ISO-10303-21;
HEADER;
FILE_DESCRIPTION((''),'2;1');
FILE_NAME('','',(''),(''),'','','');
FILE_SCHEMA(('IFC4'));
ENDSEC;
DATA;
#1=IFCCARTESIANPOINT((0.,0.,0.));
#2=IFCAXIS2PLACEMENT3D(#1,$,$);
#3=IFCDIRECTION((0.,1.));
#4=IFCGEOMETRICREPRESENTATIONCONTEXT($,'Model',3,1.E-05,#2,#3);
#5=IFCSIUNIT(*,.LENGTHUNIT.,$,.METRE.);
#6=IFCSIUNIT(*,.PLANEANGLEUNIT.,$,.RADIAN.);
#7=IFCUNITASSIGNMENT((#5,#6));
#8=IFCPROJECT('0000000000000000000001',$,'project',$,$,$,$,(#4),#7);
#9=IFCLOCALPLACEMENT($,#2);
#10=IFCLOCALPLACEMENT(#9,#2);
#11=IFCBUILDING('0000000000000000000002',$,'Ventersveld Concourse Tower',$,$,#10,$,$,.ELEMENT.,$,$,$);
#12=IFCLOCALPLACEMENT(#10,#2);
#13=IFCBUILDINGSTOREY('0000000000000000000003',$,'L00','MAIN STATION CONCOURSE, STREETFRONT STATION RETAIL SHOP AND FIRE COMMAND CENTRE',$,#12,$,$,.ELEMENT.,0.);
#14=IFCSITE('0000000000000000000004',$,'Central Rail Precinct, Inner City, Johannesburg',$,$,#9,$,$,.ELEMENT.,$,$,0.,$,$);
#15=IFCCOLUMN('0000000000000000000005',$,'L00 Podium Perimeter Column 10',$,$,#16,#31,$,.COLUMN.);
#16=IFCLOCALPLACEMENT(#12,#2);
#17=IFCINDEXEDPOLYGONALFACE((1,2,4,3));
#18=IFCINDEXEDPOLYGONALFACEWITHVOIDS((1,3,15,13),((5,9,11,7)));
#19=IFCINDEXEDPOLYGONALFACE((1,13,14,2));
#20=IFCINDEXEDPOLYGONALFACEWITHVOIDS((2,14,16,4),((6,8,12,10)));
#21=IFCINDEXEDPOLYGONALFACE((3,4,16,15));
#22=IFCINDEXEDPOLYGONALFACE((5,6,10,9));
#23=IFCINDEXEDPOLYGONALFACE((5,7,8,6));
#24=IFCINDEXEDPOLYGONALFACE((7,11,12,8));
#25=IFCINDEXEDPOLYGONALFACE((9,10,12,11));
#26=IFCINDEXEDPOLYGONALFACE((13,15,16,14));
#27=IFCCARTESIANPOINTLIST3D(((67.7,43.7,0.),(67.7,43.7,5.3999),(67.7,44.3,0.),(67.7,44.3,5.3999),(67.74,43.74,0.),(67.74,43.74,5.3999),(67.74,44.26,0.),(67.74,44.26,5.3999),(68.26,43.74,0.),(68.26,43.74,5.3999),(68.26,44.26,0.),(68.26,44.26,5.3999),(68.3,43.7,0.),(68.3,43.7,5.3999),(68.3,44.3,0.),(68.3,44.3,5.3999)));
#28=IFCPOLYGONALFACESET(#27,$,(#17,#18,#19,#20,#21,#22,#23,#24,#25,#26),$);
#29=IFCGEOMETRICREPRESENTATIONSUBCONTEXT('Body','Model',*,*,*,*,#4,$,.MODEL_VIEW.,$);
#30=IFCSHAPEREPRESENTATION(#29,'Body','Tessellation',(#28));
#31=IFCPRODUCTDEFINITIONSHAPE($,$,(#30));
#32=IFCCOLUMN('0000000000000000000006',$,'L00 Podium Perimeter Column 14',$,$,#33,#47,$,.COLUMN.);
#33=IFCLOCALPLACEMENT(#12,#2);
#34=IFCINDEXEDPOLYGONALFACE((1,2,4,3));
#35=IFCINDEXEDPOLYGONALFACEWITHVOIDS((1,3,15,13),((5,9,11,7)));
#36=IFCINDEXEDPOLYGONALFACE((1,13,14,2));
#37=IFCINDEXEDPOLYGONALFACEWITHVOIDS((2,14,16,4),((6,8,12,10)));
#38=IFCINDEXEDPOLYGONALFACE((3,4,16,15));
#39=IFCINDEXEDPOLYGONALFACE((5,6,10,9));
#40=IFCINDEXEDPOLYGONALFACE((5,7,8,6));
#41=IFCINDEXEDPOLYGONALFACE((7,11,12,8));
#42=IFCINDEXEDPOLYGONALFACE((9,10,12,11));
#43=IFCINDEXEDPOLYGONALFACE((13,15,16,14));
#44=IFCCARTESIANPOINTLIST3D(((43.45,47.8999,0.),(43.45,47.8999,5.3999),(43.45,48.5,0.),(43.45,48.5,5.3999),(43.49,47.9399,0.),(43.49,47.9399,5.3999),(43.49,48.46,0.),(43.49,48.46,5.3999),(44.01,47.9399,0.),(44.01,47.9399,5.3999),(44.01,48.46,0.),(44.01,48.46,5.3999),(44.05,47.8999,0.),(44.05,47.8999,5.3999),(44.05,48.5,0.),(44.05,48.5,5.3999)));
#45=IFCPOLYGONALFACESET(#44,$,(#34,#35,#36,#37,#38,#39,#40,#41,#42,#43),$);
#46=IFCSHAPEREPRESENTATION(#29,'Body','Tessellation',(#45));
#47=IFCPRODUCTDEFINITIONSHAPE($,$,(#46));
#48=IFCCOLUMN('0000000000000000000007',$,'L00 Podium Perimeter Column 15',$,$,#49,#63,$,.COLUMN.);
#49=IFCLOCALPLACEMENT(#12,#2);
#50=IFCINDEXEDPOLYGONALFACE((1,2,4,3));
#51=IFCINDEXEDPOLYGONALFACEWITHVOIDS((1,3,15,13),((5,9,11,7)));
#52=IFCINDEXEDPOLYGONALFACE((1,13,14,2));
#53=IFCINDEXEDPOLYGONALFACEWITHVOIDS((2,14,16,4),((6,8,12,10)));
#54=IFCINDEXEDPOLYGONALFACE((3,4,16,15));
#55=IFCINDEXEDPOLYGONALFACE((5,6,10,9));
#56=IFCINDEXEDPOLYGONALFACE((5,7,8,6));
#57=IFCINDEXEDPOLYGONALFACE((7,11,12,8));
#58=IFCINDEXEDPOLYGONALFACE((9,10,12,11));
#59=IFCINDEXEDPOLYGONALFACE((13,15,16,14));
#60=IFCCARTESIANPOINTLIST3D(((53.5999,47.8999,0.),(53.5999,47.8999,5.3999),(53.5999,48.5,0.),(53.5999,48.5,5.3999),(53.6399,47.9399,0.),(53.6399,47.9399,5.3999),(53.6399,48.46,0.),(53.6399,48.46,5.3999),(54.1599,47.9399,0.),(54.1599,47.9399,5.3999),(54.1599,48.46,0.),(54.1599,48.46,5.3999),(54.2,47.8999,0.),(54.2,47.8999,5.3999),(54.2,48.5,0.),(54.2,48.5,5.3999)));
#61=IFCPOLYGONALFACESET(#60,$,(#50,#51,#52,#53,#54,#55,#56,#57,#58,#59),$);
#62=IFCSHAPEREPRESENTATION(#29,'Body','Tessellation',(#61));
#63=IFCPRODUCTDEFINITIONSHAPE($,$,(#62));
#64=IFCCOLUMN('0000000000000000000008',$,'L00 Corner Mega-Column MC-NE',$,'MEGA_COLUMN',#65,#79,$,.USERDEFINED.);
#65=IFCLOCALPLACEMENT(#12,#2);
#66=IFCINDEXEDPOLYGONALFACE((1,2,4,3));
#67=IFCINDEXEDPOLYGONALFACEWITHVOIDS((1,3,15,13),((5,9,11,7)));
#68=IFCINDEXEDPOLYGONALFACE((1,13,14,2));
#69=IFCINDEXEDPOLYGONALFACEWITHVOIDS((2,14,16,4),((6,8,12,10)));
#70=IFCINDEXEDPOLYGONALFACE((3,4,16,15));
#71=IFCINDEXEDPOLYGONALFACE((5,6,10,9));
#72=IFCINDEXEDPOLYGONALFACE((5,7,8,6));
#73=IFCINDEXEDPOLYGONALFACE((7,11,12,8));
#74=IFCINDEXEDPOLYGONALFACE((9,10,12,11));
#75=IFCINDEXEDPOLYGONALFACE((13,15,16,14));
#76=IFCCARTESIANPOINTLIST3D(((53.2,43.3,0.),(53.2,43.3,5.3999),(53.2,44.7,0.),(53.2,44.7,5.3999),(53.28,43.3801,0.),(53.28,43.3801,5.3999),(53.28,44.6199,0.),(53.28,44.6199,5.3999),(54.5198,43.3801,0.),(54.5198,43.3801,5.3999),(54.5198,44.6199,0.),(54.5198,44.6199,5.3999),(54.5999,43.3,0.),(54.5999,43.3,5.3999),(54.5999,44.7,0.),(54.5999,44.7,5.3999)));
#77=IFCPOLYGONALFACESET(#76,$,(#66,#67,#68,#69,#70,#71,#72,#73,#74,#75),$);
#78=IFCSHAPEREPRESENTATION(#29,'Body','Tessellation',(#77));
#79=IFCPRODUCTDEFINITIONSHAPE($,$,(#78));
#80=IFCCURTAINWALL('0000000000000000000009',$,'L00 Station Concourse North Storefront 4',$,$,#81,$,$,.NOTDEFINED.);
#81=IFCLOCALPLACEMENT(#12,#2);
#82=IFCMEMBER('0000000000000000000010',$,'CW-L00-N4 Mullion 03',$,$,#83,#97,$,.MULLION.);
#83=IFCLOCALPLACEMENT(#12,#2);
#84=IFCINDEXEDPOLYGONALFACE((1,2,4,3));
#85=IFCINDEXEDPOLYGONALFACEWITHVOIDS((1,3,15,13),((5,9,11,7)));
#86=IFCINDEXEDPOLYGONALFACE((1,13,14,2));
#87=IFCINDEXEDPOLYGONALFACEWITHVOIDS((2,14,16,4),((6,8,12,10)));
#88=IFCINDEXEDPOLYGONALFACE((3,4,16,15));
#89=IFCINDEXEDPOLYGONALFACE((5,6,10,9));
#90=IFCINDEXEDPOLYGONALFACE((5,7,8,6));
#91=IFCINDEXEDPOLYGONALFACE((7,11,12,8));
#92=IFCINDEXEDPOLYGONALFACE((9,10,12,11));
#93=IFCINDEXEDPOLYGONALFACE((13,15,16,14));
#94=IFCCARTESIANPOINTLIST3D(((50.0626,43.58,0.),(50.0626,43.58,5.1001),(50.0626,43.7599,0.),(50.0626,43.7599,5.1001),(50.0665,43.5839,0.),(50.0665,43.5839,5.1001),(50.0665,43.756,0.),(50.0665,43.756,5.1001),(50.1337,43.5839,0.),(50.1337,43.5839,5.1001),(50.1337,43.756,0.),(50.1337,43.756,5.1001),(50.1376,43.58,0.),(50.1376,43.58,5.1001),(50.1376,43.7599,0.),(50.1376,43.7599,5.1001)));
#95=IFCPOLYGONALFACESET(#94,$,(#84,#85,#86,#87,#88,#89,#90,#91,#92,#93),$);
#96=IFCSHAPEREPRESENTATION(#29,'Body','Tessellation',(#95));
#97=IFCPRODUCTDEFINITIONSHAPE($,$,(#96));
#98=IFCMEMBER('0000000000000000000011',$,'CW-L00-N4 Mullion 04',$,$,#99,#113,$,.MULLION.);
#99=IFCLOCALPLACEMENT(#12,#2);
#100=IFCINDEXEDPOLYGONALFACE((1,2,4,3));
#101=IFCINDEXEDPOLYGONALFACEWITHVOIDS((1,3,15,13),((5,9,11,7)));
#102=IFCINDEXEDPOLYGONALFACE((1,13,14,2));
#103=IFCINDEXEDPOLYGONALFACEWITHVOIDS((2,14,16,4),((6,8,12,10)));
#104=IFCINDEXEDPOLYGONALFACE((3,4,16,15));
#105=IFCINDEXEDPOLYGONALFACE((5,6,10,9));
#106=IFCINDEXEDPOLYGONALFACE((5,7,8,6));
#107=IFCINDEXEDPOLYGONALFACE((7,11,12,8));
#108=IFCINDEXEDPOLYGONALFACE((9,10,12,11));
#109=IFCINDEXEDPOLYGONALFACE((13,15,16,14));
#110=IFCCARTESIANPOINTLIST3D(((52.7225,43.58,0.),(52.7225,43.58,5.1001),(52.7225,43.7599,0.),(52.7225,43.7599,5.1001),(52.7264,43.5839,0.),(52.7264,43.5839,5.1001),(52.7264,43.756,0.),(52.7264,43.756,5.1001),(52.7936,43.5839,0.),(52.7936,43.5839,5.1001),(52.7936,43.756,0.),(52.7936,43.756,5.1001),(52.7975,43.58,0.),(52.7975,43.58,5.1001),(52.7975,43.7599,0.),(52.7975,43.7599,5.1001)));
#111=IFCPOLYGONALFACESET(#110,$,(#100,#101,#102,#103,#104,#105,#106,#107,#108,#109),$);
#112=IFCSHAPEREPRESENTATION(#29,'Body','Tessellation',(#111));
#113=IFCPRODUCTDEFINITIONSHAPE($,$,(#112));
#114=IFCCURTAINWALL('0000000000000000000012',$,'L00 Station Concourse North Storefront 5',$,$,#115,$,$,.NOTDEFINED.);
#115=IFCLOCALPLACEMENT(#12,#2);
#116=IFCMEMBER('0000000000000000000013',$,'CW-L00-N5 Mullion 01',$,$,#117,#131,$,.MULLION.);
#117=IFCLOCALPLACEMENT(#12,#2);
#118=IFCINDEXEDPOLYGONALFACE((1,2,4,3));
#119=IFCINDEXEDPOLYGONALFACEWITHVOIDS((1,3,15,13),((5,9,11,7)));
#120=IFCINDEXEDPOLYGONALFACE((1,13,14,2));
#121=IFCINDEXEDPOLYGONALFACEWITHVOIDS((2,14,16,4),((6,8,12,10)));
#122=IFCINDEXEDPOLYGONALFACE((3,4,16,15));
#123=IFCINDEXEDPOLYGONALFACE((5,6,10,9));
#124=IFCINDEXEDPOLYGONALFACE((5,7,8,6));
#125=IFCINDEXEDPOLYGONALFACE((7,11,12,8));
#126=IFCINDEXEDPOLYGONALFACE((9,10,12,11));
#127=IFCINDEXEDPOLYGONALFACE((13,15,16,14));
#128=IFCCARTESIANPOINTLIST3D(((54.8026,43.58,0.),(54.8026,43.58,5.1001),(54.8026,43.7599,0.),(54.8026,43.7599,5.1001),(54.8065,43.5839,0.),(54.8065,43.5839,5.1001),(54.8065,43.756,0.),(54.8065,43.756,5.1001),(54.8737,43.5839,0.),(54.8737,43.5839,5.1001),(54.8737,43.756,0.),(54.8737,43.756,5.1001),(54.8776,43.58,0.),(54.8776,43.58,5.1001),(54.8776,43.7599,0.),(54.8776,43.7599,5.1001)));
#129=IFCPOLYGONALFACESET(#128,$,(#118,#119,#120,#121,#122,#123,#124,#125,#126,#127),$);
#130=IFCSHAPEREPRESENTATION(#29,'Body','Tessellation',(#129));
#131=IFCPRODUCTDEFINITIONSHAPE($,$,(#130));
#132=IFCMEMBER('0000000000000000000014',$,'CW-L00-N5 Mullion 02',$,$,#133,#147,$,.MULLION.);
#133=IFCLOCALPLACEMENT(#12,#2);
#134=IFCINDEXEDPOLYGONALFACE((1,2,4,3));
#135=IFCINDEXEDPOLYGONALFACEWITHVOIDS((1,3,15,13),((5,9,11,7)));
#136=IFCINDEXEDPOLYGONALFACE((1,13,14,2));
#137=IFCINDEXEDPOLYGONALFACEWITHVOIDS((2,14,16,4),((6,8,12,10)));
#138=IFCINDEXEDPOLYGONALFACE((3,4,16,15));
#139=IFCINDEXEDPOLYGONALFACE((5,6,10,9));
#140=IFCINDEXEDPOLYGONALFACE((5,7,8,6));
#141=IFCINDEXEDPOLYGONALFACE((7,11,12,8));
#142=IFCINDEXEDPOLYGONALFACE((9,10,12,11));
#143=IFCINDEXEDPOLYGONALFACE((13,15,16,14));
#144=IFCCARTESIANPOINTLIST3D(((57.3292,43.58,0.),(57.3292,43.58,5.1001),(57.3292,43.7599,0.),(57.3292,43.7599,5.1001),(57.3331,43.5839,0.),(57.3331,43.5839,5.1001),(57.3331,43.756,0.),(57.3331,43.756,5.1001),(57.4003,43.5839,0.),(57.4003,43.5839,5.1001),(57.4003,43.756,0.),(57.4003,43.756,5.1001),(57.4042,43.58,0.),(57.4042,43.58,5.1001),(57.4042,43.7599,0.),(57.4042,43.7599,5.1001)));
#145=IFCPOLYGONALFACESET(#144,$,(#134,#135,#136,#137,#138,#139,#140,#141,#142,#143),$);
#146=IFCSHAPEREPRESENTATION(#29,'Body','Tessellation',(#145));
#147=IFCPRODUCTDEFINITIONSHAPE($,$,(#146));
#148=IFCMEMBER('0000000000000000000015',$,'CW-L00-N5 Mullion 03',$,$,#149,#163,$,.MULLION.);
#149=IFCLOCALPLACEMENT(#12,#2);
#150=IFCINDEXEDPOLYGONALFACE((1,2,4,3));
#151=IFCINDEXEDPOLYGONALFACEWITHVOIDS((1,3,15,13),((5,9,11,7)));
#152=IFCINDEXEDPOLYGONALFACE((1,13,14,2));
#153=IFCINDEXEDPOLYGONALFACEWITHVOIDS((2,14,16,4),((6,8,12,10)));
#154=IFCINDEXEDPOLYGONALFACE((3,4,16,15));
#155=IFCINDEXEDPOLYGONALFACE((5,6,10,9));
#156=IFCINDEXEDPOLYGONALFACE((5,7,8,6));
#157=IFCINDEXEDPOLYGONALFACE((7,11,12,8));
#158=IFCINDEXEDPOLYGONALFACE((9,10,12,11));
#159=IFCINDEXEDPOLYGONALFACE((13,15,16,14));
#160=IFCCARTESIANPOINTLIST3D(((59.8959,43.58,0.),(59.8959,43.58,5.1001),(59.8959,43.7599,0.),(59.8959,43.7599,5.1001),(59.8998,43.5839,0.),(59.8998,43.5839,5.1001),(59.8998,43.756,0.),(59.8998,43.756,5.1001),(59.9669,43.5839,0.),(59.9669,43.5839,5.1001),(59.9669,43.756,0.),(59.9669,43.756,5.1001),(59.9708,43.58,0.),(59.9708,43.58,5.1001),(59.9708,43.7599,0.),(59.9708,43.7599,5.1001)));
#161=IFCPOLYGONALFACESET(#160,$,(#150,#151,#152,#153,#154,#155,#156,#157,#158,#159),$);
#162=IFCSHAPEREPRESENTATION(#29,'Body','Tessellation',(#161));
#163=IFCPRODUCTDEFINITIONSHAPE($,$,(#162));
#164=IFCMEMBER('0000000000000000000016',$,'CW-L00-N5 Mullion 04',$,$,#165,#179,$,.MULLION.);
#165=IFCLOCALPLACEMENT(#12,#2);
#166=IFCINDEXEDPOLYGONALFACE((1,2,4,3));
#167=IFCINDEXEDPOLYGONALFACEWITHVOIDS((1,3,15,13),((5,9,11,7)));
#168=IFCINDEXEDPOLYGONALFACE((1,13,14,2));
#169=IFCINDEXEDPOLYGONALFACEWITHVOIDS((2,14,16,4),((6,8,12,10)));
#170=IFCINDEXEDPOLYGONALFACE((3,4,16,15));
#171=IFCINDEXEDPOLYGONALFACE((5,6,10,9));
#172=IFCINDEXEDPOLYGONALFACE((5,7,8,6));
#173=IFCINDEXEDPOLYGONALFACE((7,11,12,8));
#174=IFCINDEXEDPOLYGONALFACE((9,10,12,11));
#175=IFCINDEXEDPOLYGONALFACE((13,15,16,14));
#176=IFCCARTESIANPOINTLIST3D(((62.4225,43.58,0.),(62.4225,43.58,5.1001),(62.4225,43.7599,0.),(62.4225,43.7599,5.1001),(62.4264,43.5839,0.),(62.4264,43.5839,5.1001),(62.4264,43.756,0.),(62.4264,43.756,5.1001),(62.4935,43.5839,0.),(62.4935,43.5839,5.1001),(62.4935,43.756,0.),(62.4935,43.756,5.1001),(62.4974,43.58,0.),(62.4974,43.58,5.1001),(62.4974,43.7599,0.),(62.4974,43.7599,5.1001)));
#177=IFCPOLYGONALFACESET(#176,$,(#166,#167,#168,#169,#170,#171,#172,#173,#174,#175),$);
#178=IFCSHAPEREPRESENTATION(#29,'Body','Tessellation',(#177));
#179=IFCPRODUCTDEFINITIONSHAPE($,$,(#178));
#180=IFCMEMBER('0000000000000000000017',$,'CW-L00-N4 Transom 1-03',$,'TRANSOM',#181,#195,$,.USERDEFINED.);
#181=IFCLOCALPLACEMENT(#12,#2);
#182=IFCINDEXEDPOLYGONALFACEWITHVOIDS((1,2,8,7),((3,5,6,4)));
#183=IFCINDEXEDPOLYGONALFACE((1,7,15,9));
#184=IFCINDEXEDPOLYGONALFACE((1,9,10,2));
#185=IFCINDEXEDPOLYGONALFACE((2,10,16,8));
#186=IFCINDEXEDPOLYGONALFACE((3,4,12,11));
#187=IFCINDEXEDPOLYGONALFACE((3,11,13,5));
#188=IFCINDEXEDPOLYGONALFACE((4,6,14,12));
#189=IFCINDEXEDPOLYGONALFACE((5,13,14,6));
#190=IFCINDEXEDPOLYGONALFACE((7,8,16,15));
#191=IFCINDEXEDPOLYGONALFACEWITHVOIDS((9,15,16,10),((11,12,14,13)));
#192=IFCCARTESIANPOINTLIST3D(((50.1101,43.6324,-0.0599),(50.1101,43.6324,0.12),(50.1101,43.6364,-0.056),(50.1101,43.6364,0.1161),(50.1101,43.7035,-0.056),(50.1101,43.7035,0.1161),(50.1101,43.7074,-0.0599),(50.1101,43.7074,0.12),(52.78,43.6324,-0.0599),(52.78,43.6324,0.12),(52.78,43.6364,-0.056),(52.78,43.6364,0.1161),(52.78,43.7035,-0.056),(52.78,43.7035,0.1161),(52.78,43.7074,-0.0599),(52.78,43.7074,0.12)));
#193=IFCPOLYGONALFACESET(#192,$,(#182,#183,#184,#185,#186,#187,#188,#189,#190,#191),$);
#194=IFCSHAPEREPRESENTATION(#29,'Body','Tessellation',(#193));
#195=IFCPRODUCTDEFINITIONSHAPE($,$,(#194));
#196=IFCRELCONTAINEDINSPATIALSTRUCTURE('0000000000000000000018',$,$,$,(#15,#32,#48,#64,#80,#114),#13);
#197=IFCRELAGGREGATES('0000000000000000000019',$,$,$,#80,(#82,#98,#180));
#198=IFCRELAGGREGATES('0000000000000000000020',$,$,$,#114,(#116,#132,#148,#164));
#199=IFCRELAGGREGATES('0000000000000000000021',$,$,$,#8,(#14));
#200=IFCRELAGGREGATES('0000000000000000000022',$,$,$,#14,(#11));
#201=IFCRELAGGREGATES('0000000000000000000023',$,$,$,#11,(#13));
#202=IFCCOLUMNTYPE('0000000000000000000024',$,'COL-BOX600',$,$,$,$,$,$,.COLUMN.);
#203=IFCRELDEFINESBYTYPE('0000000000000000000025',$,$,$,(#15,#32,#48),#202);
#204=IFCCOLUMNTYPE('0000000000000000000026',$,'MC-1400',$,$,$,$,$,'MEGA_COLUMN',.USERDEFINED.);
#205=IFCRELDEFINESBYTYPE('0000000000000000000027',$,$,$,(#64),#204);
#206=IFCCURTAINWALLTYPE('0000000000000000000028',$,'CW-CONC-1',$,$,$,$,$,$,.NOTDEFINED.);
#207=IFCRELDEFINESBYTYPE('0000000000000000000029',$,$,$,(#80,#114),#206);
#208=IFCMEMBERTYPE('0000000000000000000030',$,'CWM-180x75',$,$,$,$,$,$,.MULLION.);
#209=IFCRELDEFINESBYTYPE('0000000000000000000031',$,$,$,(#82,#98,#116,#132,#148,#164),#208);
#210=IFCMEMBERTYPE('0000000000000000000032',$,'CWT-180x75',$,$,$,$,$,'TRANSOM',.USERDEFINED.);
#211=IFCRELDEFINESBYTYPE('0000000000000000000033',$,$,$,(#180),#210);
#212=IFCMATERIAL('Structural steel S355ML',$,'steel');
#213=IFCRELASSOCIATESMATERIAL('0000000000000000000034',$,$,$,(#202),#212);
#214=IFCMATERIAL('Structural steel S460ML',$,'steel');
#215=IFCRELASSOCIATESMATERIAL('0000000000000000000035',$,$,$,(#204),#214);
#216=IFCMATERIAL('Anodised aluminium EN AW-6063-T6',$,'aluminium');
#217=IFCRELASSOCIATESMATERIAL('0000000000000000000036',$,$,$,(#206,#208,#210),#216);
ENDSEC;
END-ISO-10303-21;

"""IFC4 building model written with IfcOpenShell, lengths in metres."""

from ifc_helpers import new_model, si_unit, direction, frame, origin, origin_2d, place, context, subcontext, project, spatial, hollow_rectangle, extrude, material, material_profile, profile_set, type_object, element, aggregate, save


model = new_model("IFC4")

# Units and contexts
model_context = context("Model", 3, precision=1e-05, world=origin(), true_north=direction((0.0, 1.0)))
body_context = subcontext(model_context, "Body", "Model", "MODEL_VIEW")
ifc_project = project(units=[si_unit("LENGTHUNIT", "METRE"), si_unit("PLANEANGLEUNIT", "RADIAN")], contexts=[model_context])

# Site, building, storey
site_placement = place(None, origin())
site = spatial("IfcSite", under=ifc_project, at=site_placement, Name="Central Rail Precinct, Inner City, Johannesburg", CompositionType="ELEMENT", RefElevation=0.0)
building_placement = place(site_placement, origin())
building = spatial("IfcBuilding", under=site, at=building_placement, Name="Ventersveld Concourse Tower", CompositionType="ELEMENT")
storey_placement = place(building_placement, origin())
storey = spatial("IfcBuildingStorey", under=building, at=storey_placement, Name="L00", Description="MAIN STATION CONCOURSE, STREETFRONT STATION RETAIL SHOP AND FIRE COMMAND CENTRE", CompositionType="ELEMENT", Elevation=0.0)

# Columns
ifc_material_1 = material(Name="Structural steel S355ML", Category="steel")
ifc_material_profile_1 = material_profile(ifc_material_1, hollow_rectangle(XDim=0.6001, YDim=0.6001, WallThickness=0.04, at=origin_2d()), Name="BOX 600x600x40")
ifc_profile_set_1 = profile_set([ifc_material_profile_1], Name="Structural steel S355ML")
column_type_1 = type_object("IfcColumnType", Name="COL-BOX600", PredefinedType="COLUMN", material=ifc_profile_set_1)
for number, where, z_axis, x_axis, name in (
    (1, (68.0, 44.0, 0.0), (0.0, 0.0, 1.0), (1.0, 0.0, 0.0), "L00 Podium Perimeter Column 10"),
    (2, (43.75, 48.2, 0.0), (0.0, 0.0, 1.0), (1.0, 0.0, 0.0), "L00 Podium Perimeter Column 14"),
    (3, (53.8999, 48.2, 0.0), (0.0, 0.0, 1.0), (1.0, 0.0, 0.0), "L00 Podium Perimeter Column 15"),
):
    element("IfcColumn", number, at=place(storey_placement, frame(where, z_axis=z_axis, x_axis=x_axis)), inside=storey, type_object=column_type_1, Name=name, PredefinedType="COLUMN", context=body_context, shape_type="SweptSolid", body=[
        extrude(hollow_rectangle(XDim=0.6001, YDim=0.6001, WallThickness=0.04, at=origin_2d()), origin(), (0.0, 0.0, 1.0), 5.3999),
    ])
ifc_material_2 = material(Name="Structural steel S460ML", Category="steel")
ifc_material_profile_2 = material_profile(ifc_material_2, hollow_rectangle(XDim=1.3999, YDim=1.3999, WallThickness=0.0801, at=origin_2d()), Name="BOX 1400x1400x80")
ifc_profile_set_2 = profile_set([ifc_material_profile_2], Name="Structural steel S460ML")
column_type_2 = type_object("IfcColumnType", Name="MC-1400", ElementType="MEGA_COLUMN", PredefinedType="USERDEFINED", material=ifc_profile_set_2)
column_placement = place(storey_placement, frame((53.8999, 44.0, 0.0), z_axis=(0.0, 0.0, 1.0), x_axis=(1.0, 0.0, 0.0)))
element("IfcColumn", 4, at=column_placement, inside=storey, type_object=column_type_2, Name="L00 Corner Mega-Column MC-NE", ObjectType="MEGA_COLUMN", PredefinedType="USERDEFINED", context=body_context, shape_type="SweptSolid", body=[
    extrude(hollow_rectangle(XDim=1.3999, YDim=1.3999, WallThickness=0.0801, at=origin_2d()), origin(), (0.0, 0.0, 1.0), 5.3999),
])

# Curtain walls, members
ifc_material_3 = material(Name="Anodised aluminium EN AW-6063-T6", Category="aluminium")
curtain_wall_type = type_object("IfcCurtainWallType", Name="CW-CONC-1", PredefinedType="NOTDEFINED", material=ifc_material_3)
curtain_wall_1_placement = place(storey_placement, origin())
curtain_wall_1 = element("IfcCurtainWall", 5, at=curtain_wall_1_placement, inside=storey, type_object=curtain_wall_type, Name="L00 Station Concourse North Storefront 4", PredefinedType="NOTDEFINED")
ifc_material_profile_3 = material_profile(ifc_material_3, hollow_rectangle(XDim=0.075, YDim=0.1799, WallThickness=0.0039, at=origin_2d()), Name="ALU 180x75x4")
ifc_profile_set_3 = profile_set([ifc_material_profile_3], Name="Anodised aluminium EN AW-6063-T6")
member_type_1 = type_object("IfcMemberType", Name="CWM-180x75", PredefinedType="MULLION", material=ifc_profile_set_3)
member_1_placement = place(storey_placement, frame((50.1001, 43.6699, 0.0), z_axis=(0.0, 0.0, 1.0), x_axis=(1.0, 0.0, 0.0)))
member_1 = element("IfcMember", 6, at=member_1_placement, type_object=member_type_1, Name="CW-L00-N4 Mullion 03", PredefinedType="MULLION", context=body_context, shape_type="SweptSolid", body=[
    extrude(hollow_rectangle(XDim=0.075, YDim=0.1799, WallThickness=0.0039, at=origin_2d()), origin(), (0.0, 0.0, 1.0), 5.1001),
])
member_2_placement = place(storey_placement, frame((52.76, 43.6699, 0.0), z_axis=(0.0, 0.0, 1.0), x_axis=(1.0, 0.0, 0.0)))
member_2 = element("IfcMember", 7, at=member_2_placement, type_object=member_type_1, Name="CW-L00-N4 Mullion 04", PredefinedType="MULLION", context=body_context, shape_type="SweptSolid", body=[
    extrude(hollow_rectangle(XDim=0.075, YDim=0.1799, WallThickness=0.0039, at=origin_2d()), origin(), (0.0, 0.0, 1.0), 5.1001),
])
curtain_wall_2_placement = place(storey_placement, origin())
curtain_wall_2 = element("IfcCurtainWall", 8, at=curtain_wall_2_placement, inside=storey, type_object=curtain_wall_type, Name="L00 Station Concourse North Storefront 5", PredefinedType="NOTDEFINED")
member_3_placement = place(storey_placement, frame((54.8401, 43.6699, 0.0), z_axis=(0.0, 0.0, 1.0), x_axis=(1.0, 0.0, 0.0)))
member_3 = element("IfcMember", 9, at=member_3_placement, type_object=member_type_1, Name="CW-L00-N5 Mullion 01", PredefinedType="MULLION", context=body_context, shape_type="SweptSolid", body=[
    extrude(hollow_rectangle(XDim=0.075, YDim=0.1799, WallThickness=0.0039, at=origin_2d()), origin(), (0.0, 0.0, 1.0), 5.1001),
])
member_4_placement = place(storey_placement, frame((57.3667, 43.6699, 0.0), z_axis=(0.0, 0.0, 1.0), x_axis=(1.0, 0.0, 0.0)))
member_4 = element("IfcMember", 10, at=member_4_placement, type_object=member_type_1, Name="CW-L00-N5 Mullion 02", PredefinedType="MULLION", context=body_context, shape_type="SweptSolid", body=[
    extrude(hollow_rectangle(XDim=0.075, YDim=0.1799, WallThickness=0.0039, at=origin_2d()), origin(), (0.0, 0.0, 1.0), 5.1001),
])
member_5_placement = place(storey_placement, frame((59.9333, 43.6699, 0.0), z_axis=(0.0, 0.0, 1.0), x_axis=(1.0, 0.0, 0.0)))
member_5 = element("IfcMember", 11, at=member_5_placement, type_object=member_type_1, Name="CW-L00-N5 Mullion 03", PredefinedType="MULLION", context=body_context, shape_type="SweptSolid", body=[
    extrude(hollow_rectangle(XDim=0.075, YDim=0.1799, WallThickness=0.0039, at=origin_2d()), origin(), (0.0, 0.0, 1.0), 5.1001),
])
member_6_placement = place(storey_placement, frame((62.46, 43.6699, 0.0), z_axis=(0.0, 0.0, 1.0), x_axis=(1.0, 0.0, 0.0)))
member_6 = element("IfcMember", 12, at=member_6_placement, type_object=member_type_1, Name="CW-L00-N5 Mullion 04", PredefinedType="MULLION", context=body_context, shape_type="SweptSolid", body=[
    extrude(hollow_rectangle(XDim=0.075, YDim=0.1799, WallThickness=0.0039, at=origin_2d()), origin(), (0.0, 0.0, 1.0), 5.1001),
])

# Member
ifc_material_profile_4 = material_profile(ifc_material_3, hollow_rectangle(XDim=0.075, YDim=0.1799, WallThickness=0.0039, at=origin_2d()), Name="ALU 180x75x4")
ifc_profile_set_4 = profile_set([ifc_material_profile_4], Name="Anodised aluminium EN AW-6063-T6")
member_type_2 = type_object("IfcMemberType", Name="CWT-180x75", ElementType="TRANSOM", PredefinedType="USERDEFINED", material=ifc_profile_set_4)
member_7_placement = place(storey_placement, frame((50.1101, 43.6699, 0.03), z_axis=(1.0, 0.0, 0.0), x_axis=(0.0, 1.0, 0.0)))
member_7 = element("IfcMember", 13, at=member_7_placement, type_object=member_type_2, Name="CW-L00-N4 Transom 1-03", ObjectType="TRANSOM", PredefinedType="USERDEFINED", context=body_context, shape_type="SweptSolid", body=[
    extrude(hollow_rectangle(XDim=0.075, YDim=0.1799, WallThickness=0.0039, at=origin_2d()), origin(), (0.0, 0.0, 1.0), 2.6699),
])

aggregate(curtain_wall_1, [member_1, member_2, member_7])
aggregate(curtain_wall_2, [member_3, member_4, member_5, member_6])

save(model, "model.ifc")
